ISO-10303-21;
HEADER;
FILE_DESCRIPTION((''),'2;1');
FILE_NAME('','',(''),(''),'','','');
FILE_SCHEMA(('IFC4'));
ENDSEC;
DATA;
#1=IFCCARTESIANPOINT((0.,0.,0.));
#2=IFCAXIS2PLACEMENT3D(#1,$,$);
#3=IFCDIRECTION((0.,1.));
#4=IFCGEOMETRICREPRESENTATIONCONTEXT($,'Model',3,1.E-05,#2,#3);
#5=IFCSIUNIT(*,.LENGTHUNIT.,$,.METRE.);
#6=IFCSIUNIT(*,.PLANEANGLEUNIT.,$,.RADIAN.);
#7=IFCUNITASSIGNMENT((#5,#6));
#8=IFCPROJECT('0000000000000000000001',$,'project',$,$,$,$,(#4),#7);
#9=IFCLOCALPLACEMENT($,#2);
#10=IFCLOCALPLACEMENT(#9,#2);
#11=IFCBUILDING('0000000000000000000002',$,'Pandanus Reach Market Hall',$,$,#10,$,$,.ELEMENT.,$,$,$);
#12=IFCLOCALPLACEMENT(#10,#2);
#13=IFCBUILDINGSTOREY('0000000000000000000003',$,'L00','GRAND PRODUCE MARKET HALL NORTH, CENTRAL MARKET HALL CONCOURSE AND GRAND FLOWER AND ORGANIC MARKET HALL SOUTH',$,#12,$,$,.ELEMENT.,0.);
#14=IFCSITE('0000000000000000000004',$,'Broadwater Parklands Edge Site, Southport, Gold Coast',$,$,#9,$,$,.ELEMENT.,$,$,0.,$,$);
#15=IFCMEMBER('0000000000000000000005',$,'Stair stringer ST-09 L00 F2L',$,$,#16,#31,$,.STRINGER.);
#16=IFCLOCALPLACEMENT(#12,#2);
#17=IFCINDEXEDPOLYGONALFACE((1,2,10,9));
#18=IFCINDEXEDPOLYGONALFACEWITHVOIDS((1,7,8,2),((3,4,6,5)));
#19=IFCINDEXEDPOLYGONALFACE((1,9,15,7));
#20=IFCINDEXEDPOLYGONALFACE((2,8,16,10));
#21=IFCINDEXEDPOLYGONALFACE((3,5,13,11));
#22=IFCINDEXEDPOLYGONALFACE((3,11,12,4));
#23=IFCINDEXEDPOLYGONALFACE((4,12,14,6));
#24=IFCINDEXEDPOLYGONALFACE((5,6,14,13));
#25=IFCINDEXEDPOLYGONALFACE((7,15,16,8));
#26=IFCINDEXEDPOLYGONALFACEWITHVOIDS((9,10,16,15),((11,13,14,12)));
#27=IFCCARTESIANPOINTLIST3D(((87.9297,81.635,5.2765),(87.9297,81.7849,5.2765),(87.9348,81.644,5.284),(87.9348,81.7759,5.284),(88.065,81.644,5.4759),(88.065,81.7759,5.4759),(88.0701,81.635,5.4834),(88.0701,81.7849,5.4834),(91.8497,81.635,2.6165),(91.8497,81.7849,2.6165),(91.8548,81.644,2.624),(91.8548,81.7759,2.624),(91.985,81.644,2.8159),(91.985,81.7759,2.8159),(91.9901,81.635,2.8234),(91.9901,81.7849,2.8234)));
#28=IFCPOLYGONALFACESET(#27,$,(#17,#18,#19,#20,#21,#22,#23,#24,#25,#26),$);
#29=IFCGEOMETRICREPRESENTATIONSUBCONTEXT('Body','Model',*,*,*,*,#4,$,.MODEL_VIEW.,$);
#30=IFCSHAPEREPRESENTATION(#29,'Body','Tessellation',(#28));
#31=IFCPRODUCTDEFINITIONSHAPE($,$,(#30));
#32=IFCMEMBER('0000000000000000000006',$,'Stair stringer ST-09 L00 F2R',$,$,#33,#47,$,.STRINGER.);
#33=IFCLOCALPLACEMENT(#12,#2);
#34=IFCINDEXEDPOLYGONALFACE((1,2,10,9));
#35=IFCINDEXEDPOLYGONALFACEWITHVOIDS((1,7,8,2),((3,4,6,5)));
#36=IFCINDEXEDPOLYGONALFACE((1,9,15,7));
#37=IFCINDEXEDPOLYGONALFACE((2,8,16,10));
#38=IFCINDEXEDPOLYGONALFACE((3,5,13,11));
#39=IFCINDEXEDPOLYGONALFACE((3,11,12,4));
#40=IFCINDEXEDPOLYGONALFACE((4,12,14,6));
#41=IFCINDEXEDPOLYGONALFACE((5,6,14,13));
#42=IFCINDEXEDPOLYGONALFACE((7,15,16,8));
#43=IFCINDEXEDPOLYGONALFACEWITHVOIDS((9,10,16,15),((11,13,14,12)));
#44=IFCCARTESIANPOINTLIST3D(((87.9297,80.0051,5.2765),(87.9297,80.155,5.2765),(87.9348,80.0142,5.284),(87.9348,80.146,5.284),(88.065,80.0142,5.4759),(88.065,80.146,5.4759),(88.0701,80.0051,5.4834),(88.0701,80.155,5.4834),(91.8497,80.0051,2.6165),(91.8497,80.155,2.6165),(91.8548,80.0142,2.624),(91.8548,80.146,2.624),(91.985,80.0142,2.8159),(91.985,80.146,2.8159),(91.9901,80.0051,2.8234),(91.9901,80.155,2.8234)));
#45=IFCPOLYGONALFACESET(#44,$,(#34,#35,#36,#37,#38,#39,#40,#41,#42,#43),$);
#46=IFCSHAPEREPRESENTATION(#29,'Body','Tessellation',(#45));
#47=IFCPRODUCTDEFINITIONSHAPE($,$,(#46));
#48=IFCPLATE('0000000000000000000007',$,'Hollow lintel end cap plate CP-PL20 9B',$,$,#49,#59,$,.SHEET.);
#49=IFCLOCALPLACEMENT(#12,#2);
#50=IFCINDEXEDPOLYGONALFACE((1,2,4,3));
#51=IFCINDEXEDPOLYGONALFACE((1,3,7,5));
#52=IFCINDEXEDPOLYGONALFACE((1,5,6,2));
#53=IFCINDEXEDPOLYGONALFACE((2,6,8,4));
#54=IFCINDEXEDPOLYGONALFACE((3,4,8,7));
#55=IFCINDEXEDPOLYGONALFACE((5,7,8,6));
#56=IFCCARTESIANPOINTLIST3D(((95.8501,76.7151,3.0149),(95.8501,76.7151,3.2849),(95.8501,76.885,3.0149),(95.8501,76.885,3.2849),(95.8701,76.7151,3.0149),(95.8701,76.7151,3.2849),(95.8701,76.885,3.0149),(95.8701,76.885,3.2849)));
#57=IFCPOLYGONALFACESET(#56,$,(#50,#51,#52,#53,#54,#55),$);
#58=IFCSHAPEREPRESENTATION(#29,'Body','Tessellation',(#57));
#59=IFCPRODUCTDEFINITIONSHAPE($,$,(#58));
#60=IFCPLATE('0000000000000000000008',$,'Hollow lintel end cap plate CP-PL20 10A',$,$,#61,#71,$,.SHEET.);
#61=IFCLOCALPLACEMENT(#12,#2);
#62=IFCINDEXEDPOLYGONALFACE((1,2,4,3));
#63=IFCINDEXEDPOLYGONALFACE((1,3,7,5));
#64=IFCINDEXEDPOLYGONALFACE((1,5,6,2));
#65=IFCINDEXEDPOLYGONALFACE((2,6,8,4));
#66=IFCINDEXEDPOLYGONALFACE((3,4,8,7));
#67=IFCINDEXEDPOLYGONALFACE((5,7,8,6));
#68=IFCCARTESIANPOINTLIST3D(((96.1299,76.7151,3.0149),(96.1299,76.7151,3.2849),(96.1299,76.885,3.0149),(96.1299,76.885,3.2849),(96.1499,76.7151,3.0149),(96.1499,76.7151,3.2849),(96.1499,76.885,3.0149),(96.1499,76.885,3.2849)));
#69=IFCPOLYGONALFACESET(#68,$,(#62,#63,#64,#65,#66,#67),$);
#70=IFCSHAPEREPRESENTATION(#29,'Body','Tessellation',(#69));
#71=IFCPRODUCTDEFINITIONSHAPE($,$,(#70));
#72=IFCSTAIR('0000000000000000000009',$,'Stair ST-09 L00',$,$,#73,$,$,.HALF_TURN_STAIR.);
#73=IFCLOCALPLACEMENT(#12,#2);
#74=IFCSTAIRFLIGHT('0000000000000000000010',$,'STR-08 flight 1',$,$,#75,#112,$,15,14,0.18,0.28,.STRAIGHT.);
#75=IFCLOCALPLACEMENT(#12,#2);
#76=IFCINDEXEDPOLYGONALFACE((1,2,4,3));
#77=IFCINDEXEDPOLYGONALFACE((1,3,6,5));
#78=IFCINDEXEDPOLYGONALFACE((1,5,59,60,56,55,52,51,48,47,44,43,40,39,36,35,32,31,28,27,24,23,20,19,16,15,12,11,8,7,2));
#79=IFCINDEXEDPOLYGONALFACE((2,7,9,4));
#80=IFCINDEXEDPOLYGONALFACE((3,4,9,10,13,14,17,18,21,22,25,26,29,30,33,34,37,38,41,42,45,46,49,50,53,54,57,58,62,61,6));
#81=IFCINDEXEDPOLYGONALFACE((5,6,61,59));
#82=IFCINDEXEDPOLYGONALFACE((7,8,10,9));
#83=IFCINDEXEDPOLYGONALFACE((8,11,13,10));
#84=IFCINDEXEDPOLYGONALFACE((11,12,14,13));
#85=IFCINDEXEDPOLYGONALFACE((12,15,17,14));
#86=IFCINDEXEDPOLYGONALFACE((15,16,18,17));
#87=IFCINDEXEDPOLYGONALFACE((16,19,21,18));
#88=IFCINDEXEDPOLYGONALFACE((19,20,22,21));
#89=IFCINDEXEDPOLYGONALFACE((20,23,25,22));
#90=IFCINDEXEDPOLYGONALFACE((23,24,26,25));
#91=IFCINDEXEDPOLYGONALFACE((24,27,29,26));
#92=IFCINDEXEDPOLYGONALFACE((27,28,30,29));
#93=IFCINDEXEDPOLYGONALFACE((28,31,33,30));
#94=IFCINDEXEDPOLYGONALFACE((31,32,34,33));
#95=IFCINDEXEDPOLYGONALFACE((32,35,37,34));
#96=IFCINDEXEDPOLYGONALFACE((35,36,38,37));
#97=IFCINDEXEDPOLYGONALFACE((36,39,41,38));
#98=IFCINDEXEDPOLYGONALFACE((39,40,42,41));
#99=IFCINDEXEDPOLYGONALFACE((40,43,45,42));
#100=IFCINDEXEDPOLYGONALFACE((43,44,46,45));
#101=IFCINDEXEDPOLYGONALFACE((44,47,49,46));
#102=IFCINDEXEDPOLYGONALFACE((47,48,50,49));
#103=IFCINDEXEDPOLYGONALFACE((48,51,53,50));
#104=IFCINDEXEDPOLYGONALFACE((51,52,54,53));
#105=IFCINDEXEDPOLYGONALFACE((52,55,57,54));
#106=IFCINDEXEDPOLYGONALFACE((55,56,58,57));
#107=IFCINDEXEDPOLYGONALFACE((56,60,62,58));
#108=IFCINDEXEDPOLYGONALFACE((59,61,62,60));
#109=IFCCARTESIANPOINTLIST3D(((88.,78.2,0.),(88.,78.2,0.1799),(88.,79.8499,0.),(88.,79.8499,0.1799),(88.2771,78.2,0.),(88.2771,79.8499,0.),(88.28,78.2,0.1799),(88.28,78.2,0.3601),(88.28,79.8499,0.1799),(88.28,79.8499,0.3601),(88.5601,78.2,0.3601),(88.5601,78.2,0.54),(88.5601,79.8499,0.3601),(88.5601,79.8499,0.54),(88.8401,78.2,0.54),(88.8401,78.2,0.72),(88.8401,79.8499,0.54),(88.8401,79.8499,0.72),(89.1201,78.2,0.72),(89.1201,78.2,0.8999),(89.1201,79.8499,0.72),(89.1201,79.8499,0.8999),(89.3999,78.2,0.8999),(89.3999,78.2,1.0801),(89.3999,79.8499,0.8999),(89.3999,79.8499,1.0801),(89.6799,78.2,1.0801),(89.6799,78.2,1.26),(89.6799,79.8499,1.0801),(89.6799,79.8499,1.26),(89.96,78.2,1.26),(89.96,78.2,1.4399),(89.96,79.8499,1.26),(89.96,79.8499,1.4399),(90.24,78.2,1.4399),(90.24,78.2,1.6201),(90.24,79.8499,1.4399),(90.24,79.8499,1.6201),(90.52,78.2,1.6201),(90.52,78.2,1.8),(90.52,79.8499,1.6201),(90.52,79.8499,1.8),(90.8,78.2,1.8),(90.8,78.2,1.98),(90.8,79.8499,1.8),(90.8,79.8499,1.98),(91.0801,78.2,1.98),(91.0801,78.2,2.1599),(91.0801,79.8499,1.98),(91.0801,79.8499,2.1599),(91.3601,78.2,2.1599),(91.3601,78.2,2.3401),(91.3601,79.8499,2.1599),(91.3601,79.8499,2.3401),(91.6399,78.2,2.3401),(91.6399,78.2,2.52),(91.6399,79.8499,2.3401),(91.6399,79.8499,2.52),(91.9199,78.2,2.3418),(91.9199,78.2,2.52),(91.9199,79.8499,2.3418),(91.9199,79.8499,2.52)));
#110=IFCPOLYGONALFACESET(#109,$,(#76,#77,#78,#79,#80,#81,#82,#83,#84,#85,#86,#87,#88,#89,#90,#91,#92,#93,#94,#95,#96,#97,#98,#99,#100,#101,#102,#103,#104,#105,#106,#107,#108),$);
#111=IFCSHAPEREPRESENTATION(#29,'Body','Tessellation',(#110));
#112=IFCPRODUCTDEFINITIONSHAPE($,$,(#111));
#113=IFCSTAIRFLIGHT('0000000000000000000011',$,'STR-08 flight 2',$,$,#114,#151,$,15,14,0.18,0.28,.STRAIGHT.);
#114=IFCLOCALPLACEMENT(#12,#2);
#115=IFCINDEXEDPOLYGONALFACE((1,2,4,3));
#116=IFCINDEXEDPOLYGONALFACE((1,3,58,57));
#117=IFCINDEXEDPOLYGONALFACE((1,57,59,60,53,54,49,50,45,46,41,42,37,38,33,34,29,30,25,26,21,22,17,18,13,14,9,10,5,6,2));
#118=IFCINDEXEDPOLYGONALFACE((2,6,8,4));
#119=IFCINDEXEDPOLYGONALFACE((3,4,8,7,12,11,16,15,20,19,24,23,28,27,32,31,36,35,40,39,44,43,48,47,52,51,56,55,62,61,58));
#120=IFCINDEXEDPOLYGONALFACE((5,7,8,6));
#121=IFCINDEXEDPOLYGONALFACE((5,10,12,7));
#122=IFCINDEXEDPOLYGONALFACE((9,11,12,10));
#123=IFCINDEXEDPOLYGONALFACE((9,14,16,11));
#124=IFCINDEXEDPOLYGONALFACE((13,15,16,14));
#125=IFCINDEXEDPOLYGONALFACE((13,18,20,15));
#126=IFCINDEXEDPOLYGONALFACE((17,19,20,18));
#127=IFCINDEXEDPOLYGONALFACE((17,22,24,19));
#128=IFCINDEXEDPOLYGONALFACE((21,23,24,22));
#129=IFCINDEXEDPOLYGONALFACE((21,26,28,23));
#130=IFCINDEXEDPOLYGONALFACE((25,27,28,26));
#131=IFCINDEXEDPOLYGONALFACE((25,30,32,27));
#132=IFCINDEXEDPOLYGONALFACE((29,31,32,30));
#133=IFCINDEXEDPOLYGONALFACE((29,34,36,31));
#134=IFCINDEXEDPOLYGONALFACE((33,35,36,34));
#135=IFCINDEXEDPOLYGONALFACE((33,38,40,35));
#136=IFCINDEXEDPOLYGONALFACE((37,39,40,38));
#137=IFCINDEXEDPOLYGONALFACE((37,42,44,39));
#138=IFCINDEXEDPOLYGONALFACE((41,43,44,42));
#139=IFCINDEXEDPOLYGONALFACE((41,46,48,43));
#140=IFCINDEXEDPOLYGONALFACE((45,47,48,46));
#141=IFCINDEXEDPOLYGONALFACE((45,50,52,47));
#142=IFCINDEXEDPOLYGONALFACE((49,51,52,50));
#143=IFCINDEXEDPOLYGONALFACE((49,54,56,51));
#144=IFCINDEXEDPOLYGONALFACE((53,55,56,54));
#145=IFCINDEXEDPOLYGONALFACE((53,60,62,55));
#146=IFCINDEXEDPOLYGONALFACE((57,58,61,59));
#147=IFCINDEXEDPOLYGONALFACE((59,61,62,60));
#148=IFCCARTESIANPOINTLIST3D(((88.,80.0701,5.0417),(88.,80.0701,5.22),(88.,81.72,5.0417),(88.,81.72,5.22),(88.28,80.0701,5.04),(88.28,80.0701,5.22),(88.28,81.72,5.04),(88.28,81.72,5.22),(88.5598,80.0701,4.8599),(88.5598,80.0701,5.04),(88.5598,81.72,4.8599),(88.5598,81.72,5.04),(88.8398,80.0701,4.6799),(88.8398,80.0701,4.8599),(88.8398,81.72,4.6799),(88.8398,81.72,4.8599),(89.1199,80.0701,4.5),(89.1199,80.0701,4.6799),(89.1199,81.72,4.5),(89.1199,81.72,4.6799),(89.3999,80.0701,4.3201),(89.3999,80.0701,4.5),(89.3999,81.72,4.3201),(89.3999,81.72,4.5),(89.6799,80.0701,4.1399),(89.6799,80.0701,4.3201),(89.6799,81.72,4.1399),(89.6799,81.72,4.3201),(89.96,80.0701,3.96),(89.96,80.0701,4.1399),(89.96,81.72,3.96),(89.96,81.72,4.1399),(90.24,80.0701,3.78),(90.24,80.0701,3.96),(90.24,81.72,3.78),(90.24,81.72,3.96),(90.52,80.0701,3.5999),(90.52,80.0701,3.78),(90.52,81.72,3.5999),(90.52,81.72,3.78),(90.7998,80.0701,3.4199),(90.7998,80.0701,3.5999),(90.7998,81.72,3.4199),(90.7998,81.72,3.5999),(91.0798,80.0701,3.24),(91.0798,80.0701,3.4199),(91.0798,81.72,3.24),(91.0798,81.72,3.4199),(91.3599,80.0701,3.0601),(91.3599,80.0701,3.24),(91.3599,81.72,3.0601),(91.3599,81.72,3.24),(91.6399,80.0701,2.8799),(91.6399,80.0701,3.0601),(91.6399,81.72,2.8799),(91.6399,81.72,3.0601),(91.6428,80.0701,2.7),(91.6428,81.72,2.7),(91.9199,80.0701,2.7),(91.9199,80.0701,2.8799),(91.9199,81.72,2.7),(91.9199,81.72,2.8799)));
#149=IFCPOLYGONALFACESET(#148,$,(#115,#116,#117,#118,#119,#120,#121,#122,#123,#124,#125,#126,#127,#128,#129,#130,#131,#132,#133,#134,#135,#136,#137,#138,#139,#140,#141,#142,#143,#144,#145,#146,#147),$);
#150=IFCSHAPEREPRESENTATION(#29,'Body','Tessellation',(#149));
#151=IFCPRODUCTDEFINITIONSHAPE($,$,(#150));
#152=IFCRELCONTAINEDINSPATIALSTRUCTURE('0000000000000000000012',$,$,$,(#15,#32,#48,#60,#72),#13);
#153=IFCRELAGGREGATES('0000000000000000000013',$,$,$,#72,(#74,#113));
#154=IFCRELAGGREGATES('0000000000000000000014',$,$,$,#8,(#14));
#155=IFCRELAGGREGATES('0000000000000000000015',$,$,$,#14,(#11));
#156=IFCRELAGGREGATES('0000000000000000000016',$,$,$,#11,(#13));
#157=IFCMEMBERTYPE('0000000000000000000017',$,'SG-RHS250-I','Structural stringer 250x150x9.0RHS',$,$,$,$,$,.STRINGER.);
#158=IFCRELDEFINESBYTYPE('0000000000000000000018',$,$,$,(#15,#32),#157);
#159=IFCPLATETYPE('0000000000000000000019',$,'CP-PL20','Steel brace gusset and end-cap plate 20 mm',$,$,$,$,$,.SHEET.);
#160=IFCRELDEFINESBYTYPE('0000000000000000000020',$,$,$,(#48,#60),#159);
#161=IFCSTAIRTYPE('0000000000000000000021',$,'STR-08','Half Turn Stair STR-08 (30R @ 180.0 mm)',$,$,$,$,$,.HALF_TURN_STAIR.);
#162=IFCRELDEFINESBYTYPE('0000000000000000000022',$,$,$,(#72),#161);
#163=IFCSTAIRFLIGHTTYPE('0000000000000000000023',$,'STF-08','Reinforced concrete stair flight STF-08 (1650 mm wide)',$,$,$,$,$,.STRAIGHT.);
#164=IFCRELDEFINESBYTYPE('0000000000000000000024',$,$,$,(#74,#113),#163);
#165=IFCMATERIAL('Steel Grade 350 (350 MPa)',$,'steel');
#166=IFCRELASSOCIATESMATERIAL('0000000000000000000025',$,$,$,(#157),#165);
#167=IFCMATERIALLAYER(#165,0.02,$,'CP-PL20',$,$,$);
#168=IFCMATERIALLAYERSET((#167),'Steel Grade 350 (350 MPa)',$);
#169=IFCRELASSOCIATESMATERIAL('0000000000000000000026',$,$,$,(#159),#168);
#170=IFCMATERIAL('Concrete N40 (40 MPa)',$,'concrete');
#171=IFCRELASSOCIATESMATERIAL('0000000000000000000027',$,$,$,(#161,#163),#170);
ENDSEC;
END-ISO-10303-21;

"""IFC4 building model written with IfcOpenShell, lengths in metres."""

from ifc_helpers import new_model, si_unit, direction, frame, origin, origin_2d, place, context, subcontext, project, spatial, polyline, rectangle, hollow_rectangle, outline, extrude, material, layer, layer_set, material_profile, profile_set, type_object, element, aggregate, save


model = new_model("IFC4")

# Units and contexts
model_context = context("Model", 3, precision=1e-05, world=origin(), true_north=direction((0.0, 1.0)))
body_context = subcontext(model_context, "Body", "Model", "MODEL_VIEW")
ifc_project = project(units=[si_unit("LENGTHUNIT", "METRE"), si_unit("PLANEANGLEUNIT", "RADIAN")], contexts=[model_context])

# Site, building, storey
site_placement = place(None, origin())
site = spatial("IfcSite", under=ifc_project, at=site_placement, Name="Broadwater Parklands Edge Site, Southport, Gold Coast", CompositionType="ELEMENT", RefElevation=0.0)
building_placement = place(site_placement, origin())
building = spatial("IfcBuilding", under=site, at=building_placement, Name="Pandanus Reach Market Hall", CompositionType="ELEMENT")
storey_placement = place(building_placement, origin())
storey = spatial("IfcBuildingStorey", under=building, at=storey_placement, Name="L00", Description="GRAND PRODUCE MARKET HALL NORTH, CENTRAL MARKET HALL CONCOURSE AND GRAND FLOWER AND ORGANIC MARKET HALL SOUTH", CompositionType="ELEMENT", Elevation=0.0)

# Shared definitions
ifc_material_1 = material(Name="Concrete N40 (40 MPa)", Category="concrete")

# Shared definitions
ifc_material_2 = material(Name="Steel Grade 350 (350 MPa)", Category="steel")

# Members
ifc_material_profile_1 = material_profile(ifc_material_2, hollow_rectangle(XDim=0.1499, YDim=0.25, WallThickness=0.009, at=origin_2d()), Name="250x150x9.0RHS", Category="LoadBearing")
ifc_profile_set_1 = profile_set([ifc_material_profile_1], Name="Steel Grade 350 (350 MPa)")
member_type = type_object("IfcMemberType", Name="SG-RHS250-I", Description="Structural stringer 250x150x9.0RHS", PredefinedType="STRINGER", material=ifc_profile_set_1)
for number, where, z_axis, x_axis, name in (
    (1, (91.9199, 81.71, 2.72), (-0.827479, 0.0, 0.561496), (0.0, -1.0, 0.0), "Stair stringer ST-09 L00 F2L"),
    (2, (91.9199, 80.0801, 2.72), (-0.827479, 0.0, 0.561496), (0.0, -1.0, 0.0), "Stair stringer ST-09 L00 F2R"),
):
    element("IfcMember", number, at=place(storey_placement, frame(where, z_axis=z_axis, x_axis=x_axis)), inside=storey, type_object=member_type, Name=name, PredefinedType="STRINGER", context=body_context, shape_type="SweptSolid", body=[
        extrude(hollow_rectangle(XDim=0.1499, YDim=0.25, WallThickness=0.009, at=origin_2d()), origin(), (0.0, 0.0, 1.0), 4.7373),
    ])

# Plates
ifc_layer = layer(ifc_material_2, 0.02, Name="CP-PL20")
ifc_layer_set = layer_set([ifc_layer], Name="Steel Grade 350 (350 MPa)")
plate_type = type_object("IfcPlateType", Name="CP-PL20", Description="Steel brace gusset and end-cap plate 20 mm", PredefinedType="SHEET", material=ifc_layer_set)
for number, where, z_axis, x_axis, name in (
    (3, (95.8601, 76.8, 3.0149), (0.0, 0.0, 1.0), (1.0, 0.0, 0.0), "Hollow lintel end cap plate CP-PL20 9B"),
    (4, (96.1399, 76.8, 3.0149), (0.0, 0.0, 1.0), (1.0, 0.0, 0.0), "Hollow lintel end cap plate CP-PL20 10A"),
):
    element("IfcPlate", number, at=place(storey_placement, frame(where, z_axis=z_axis, x_axis=x_axis)), inside=storey, type_object=plate_type, Name=name, PredefinedType="SHEET", context=body_context, shape_type="SweptSolid", body=[
        extrude(rectangle(XDim=0.02, YDim=0.1699, at=origin_2d()), origin(), (0.0, 0.0, 1.0), 0.27),
    ])

# Stair, stair flights
stair_type = type_object("IfcStairType", Name="STR-08", Description="Half Turn Stair STR-08 (30R @ 180.0 mm)", PredefinedType="HALF_TURN_STAIR", material=ifc_material_1)
stair_placement = place(storey_placement, origin())
stair = element("IfcStair", 5, at=stair_placement, inside=storey, type_object=stair_type, Name="Stair ST-09 L00", PredefinedType="HALF_TURN_STAIR")
stair_flight_type = type_object("IfcStairFlightType", Name="STF-08", Description="Reinforced concrete stair flight STF-08 (1650 mm wide)", PredefinedType="STRAIGHT", material=ifc_material_1)
stair_flight_1_placement = place(storey_placement, frame((88.0, 79.0249, 0.0), z_axis=(0.0, 0.0, 1.0), x_axis=(1.0, 0.0, 0.0)))
stair_flight_1 = element("IfcStairFlight", 6, at=stair_flight_1_placement, type_object=stair_flight_type, Name="STR-08 flight 1", NumberOfRisers=15, NumberOfTreads=14, PredefinedType="STRAIGHT", RiserHeight=0.18, TreadLength=0.28, context=body_context, shape_type="SweptSolid", body=[
    extrude(outline(polyline([(0.0, 0.0), (0.0, 0.1799), (0.28, 0.1799), (0.28, 0.3601), (0.5601, 0.3601), (0.5601, 0.54), (0.8401, 0.54), (0.8401, 0.72), (1.1201, 0.72), (1.1201, 0.8999), (1.3999, 0.8999), (1.3999, 1.0801), (1.6799, 1.0801), (1.6799, 1.26), (1.96, 1.26), (1.96, 1.4399), (2.24, 1.4399), (2.24, 1.6201), (2.52, 1.6201), (2.52, 1.8), (2.8, 1.8), (2.8, 1.98), (3.0801, 1.98), (3.0801, 2.1599), (3.3601, 2.1599), (3.3601, 2.3401), (3.6399, 2.3401), (3.6399, 2.52), (3.9199, 2.52), (3.9199, 2.7), (3.9199, 2.3418), (0.2771, 0.0), (0.0, 0.0)])), frame((0.0, 0.825, 0.0), z_axis=(0.0, -1.0, 0.0), x_axis=(1.0, 0.0, 0.0)), (0.0, 0.0, 1.0), 1.6499),
])
stair_flight_2_placement = place(storey_placement, frame((91.9199, 80.895, 2.7), z_axis=(0.0, 0.0, 1.0), x_axis=(-1.0, 0.0, 0.0)))
stair_flight_2 = element("IfcStairFlight", 7, at=stair_flight_2_placement, type_object=stair_flight_type, Name="STR-08 flight 2", NumberOfRisers=15, NumberOfTreads=14, PredefinedType="STRAIGHT", RiserHeight=0.18, TreadLength=0.28, context=body_context, shape_type="SweptSolid", body=[
    extrude(outline(polyline([(0.0, 0.0), (0.0, 0.1799), (0.28, 0.1799), (0.28, 0.3601), (0.5601, 0.3601), (0.5601, 0.54), (0.8401, 0.54), (0.8401, 0.72), (1.1201, 0.72), (1.1201, 0.8999), (1.3999, 0.8999), (1.3999, 1.0801), (1.6799, 1.0801), (1.6799, 1.26), (1.96, 1.26), (1.96, 1.4399), (2.24, 1.4399), (2.24, 1.6201), (2.52, 1.6201), (2.52, 1.8), (2.8, 1.8), (2.8, 1.98), (3.0801, 1.98), (3.0801, 2.1599), (3.3601, 2.1599), (3.3601, 2.3401), (3.6399, 2.3401), (3.6399, 2.52), (3.9199, 2.52), (3.9199, 2.7), (3.9199, 2.3418), (0.2771, 0.0), (0.0, 0.0)])), frame((0.0, 0.825, 0.0), z_axis=(0.0, -1.0, 0.0), x_axis=(1.0, 0.0, 0.0)), (0.0, 0.0, 1.0), 1.6499),
])
aggregate(stair, [stair_flight_1, stair_flight_2])

save(model, "model.ifc")
